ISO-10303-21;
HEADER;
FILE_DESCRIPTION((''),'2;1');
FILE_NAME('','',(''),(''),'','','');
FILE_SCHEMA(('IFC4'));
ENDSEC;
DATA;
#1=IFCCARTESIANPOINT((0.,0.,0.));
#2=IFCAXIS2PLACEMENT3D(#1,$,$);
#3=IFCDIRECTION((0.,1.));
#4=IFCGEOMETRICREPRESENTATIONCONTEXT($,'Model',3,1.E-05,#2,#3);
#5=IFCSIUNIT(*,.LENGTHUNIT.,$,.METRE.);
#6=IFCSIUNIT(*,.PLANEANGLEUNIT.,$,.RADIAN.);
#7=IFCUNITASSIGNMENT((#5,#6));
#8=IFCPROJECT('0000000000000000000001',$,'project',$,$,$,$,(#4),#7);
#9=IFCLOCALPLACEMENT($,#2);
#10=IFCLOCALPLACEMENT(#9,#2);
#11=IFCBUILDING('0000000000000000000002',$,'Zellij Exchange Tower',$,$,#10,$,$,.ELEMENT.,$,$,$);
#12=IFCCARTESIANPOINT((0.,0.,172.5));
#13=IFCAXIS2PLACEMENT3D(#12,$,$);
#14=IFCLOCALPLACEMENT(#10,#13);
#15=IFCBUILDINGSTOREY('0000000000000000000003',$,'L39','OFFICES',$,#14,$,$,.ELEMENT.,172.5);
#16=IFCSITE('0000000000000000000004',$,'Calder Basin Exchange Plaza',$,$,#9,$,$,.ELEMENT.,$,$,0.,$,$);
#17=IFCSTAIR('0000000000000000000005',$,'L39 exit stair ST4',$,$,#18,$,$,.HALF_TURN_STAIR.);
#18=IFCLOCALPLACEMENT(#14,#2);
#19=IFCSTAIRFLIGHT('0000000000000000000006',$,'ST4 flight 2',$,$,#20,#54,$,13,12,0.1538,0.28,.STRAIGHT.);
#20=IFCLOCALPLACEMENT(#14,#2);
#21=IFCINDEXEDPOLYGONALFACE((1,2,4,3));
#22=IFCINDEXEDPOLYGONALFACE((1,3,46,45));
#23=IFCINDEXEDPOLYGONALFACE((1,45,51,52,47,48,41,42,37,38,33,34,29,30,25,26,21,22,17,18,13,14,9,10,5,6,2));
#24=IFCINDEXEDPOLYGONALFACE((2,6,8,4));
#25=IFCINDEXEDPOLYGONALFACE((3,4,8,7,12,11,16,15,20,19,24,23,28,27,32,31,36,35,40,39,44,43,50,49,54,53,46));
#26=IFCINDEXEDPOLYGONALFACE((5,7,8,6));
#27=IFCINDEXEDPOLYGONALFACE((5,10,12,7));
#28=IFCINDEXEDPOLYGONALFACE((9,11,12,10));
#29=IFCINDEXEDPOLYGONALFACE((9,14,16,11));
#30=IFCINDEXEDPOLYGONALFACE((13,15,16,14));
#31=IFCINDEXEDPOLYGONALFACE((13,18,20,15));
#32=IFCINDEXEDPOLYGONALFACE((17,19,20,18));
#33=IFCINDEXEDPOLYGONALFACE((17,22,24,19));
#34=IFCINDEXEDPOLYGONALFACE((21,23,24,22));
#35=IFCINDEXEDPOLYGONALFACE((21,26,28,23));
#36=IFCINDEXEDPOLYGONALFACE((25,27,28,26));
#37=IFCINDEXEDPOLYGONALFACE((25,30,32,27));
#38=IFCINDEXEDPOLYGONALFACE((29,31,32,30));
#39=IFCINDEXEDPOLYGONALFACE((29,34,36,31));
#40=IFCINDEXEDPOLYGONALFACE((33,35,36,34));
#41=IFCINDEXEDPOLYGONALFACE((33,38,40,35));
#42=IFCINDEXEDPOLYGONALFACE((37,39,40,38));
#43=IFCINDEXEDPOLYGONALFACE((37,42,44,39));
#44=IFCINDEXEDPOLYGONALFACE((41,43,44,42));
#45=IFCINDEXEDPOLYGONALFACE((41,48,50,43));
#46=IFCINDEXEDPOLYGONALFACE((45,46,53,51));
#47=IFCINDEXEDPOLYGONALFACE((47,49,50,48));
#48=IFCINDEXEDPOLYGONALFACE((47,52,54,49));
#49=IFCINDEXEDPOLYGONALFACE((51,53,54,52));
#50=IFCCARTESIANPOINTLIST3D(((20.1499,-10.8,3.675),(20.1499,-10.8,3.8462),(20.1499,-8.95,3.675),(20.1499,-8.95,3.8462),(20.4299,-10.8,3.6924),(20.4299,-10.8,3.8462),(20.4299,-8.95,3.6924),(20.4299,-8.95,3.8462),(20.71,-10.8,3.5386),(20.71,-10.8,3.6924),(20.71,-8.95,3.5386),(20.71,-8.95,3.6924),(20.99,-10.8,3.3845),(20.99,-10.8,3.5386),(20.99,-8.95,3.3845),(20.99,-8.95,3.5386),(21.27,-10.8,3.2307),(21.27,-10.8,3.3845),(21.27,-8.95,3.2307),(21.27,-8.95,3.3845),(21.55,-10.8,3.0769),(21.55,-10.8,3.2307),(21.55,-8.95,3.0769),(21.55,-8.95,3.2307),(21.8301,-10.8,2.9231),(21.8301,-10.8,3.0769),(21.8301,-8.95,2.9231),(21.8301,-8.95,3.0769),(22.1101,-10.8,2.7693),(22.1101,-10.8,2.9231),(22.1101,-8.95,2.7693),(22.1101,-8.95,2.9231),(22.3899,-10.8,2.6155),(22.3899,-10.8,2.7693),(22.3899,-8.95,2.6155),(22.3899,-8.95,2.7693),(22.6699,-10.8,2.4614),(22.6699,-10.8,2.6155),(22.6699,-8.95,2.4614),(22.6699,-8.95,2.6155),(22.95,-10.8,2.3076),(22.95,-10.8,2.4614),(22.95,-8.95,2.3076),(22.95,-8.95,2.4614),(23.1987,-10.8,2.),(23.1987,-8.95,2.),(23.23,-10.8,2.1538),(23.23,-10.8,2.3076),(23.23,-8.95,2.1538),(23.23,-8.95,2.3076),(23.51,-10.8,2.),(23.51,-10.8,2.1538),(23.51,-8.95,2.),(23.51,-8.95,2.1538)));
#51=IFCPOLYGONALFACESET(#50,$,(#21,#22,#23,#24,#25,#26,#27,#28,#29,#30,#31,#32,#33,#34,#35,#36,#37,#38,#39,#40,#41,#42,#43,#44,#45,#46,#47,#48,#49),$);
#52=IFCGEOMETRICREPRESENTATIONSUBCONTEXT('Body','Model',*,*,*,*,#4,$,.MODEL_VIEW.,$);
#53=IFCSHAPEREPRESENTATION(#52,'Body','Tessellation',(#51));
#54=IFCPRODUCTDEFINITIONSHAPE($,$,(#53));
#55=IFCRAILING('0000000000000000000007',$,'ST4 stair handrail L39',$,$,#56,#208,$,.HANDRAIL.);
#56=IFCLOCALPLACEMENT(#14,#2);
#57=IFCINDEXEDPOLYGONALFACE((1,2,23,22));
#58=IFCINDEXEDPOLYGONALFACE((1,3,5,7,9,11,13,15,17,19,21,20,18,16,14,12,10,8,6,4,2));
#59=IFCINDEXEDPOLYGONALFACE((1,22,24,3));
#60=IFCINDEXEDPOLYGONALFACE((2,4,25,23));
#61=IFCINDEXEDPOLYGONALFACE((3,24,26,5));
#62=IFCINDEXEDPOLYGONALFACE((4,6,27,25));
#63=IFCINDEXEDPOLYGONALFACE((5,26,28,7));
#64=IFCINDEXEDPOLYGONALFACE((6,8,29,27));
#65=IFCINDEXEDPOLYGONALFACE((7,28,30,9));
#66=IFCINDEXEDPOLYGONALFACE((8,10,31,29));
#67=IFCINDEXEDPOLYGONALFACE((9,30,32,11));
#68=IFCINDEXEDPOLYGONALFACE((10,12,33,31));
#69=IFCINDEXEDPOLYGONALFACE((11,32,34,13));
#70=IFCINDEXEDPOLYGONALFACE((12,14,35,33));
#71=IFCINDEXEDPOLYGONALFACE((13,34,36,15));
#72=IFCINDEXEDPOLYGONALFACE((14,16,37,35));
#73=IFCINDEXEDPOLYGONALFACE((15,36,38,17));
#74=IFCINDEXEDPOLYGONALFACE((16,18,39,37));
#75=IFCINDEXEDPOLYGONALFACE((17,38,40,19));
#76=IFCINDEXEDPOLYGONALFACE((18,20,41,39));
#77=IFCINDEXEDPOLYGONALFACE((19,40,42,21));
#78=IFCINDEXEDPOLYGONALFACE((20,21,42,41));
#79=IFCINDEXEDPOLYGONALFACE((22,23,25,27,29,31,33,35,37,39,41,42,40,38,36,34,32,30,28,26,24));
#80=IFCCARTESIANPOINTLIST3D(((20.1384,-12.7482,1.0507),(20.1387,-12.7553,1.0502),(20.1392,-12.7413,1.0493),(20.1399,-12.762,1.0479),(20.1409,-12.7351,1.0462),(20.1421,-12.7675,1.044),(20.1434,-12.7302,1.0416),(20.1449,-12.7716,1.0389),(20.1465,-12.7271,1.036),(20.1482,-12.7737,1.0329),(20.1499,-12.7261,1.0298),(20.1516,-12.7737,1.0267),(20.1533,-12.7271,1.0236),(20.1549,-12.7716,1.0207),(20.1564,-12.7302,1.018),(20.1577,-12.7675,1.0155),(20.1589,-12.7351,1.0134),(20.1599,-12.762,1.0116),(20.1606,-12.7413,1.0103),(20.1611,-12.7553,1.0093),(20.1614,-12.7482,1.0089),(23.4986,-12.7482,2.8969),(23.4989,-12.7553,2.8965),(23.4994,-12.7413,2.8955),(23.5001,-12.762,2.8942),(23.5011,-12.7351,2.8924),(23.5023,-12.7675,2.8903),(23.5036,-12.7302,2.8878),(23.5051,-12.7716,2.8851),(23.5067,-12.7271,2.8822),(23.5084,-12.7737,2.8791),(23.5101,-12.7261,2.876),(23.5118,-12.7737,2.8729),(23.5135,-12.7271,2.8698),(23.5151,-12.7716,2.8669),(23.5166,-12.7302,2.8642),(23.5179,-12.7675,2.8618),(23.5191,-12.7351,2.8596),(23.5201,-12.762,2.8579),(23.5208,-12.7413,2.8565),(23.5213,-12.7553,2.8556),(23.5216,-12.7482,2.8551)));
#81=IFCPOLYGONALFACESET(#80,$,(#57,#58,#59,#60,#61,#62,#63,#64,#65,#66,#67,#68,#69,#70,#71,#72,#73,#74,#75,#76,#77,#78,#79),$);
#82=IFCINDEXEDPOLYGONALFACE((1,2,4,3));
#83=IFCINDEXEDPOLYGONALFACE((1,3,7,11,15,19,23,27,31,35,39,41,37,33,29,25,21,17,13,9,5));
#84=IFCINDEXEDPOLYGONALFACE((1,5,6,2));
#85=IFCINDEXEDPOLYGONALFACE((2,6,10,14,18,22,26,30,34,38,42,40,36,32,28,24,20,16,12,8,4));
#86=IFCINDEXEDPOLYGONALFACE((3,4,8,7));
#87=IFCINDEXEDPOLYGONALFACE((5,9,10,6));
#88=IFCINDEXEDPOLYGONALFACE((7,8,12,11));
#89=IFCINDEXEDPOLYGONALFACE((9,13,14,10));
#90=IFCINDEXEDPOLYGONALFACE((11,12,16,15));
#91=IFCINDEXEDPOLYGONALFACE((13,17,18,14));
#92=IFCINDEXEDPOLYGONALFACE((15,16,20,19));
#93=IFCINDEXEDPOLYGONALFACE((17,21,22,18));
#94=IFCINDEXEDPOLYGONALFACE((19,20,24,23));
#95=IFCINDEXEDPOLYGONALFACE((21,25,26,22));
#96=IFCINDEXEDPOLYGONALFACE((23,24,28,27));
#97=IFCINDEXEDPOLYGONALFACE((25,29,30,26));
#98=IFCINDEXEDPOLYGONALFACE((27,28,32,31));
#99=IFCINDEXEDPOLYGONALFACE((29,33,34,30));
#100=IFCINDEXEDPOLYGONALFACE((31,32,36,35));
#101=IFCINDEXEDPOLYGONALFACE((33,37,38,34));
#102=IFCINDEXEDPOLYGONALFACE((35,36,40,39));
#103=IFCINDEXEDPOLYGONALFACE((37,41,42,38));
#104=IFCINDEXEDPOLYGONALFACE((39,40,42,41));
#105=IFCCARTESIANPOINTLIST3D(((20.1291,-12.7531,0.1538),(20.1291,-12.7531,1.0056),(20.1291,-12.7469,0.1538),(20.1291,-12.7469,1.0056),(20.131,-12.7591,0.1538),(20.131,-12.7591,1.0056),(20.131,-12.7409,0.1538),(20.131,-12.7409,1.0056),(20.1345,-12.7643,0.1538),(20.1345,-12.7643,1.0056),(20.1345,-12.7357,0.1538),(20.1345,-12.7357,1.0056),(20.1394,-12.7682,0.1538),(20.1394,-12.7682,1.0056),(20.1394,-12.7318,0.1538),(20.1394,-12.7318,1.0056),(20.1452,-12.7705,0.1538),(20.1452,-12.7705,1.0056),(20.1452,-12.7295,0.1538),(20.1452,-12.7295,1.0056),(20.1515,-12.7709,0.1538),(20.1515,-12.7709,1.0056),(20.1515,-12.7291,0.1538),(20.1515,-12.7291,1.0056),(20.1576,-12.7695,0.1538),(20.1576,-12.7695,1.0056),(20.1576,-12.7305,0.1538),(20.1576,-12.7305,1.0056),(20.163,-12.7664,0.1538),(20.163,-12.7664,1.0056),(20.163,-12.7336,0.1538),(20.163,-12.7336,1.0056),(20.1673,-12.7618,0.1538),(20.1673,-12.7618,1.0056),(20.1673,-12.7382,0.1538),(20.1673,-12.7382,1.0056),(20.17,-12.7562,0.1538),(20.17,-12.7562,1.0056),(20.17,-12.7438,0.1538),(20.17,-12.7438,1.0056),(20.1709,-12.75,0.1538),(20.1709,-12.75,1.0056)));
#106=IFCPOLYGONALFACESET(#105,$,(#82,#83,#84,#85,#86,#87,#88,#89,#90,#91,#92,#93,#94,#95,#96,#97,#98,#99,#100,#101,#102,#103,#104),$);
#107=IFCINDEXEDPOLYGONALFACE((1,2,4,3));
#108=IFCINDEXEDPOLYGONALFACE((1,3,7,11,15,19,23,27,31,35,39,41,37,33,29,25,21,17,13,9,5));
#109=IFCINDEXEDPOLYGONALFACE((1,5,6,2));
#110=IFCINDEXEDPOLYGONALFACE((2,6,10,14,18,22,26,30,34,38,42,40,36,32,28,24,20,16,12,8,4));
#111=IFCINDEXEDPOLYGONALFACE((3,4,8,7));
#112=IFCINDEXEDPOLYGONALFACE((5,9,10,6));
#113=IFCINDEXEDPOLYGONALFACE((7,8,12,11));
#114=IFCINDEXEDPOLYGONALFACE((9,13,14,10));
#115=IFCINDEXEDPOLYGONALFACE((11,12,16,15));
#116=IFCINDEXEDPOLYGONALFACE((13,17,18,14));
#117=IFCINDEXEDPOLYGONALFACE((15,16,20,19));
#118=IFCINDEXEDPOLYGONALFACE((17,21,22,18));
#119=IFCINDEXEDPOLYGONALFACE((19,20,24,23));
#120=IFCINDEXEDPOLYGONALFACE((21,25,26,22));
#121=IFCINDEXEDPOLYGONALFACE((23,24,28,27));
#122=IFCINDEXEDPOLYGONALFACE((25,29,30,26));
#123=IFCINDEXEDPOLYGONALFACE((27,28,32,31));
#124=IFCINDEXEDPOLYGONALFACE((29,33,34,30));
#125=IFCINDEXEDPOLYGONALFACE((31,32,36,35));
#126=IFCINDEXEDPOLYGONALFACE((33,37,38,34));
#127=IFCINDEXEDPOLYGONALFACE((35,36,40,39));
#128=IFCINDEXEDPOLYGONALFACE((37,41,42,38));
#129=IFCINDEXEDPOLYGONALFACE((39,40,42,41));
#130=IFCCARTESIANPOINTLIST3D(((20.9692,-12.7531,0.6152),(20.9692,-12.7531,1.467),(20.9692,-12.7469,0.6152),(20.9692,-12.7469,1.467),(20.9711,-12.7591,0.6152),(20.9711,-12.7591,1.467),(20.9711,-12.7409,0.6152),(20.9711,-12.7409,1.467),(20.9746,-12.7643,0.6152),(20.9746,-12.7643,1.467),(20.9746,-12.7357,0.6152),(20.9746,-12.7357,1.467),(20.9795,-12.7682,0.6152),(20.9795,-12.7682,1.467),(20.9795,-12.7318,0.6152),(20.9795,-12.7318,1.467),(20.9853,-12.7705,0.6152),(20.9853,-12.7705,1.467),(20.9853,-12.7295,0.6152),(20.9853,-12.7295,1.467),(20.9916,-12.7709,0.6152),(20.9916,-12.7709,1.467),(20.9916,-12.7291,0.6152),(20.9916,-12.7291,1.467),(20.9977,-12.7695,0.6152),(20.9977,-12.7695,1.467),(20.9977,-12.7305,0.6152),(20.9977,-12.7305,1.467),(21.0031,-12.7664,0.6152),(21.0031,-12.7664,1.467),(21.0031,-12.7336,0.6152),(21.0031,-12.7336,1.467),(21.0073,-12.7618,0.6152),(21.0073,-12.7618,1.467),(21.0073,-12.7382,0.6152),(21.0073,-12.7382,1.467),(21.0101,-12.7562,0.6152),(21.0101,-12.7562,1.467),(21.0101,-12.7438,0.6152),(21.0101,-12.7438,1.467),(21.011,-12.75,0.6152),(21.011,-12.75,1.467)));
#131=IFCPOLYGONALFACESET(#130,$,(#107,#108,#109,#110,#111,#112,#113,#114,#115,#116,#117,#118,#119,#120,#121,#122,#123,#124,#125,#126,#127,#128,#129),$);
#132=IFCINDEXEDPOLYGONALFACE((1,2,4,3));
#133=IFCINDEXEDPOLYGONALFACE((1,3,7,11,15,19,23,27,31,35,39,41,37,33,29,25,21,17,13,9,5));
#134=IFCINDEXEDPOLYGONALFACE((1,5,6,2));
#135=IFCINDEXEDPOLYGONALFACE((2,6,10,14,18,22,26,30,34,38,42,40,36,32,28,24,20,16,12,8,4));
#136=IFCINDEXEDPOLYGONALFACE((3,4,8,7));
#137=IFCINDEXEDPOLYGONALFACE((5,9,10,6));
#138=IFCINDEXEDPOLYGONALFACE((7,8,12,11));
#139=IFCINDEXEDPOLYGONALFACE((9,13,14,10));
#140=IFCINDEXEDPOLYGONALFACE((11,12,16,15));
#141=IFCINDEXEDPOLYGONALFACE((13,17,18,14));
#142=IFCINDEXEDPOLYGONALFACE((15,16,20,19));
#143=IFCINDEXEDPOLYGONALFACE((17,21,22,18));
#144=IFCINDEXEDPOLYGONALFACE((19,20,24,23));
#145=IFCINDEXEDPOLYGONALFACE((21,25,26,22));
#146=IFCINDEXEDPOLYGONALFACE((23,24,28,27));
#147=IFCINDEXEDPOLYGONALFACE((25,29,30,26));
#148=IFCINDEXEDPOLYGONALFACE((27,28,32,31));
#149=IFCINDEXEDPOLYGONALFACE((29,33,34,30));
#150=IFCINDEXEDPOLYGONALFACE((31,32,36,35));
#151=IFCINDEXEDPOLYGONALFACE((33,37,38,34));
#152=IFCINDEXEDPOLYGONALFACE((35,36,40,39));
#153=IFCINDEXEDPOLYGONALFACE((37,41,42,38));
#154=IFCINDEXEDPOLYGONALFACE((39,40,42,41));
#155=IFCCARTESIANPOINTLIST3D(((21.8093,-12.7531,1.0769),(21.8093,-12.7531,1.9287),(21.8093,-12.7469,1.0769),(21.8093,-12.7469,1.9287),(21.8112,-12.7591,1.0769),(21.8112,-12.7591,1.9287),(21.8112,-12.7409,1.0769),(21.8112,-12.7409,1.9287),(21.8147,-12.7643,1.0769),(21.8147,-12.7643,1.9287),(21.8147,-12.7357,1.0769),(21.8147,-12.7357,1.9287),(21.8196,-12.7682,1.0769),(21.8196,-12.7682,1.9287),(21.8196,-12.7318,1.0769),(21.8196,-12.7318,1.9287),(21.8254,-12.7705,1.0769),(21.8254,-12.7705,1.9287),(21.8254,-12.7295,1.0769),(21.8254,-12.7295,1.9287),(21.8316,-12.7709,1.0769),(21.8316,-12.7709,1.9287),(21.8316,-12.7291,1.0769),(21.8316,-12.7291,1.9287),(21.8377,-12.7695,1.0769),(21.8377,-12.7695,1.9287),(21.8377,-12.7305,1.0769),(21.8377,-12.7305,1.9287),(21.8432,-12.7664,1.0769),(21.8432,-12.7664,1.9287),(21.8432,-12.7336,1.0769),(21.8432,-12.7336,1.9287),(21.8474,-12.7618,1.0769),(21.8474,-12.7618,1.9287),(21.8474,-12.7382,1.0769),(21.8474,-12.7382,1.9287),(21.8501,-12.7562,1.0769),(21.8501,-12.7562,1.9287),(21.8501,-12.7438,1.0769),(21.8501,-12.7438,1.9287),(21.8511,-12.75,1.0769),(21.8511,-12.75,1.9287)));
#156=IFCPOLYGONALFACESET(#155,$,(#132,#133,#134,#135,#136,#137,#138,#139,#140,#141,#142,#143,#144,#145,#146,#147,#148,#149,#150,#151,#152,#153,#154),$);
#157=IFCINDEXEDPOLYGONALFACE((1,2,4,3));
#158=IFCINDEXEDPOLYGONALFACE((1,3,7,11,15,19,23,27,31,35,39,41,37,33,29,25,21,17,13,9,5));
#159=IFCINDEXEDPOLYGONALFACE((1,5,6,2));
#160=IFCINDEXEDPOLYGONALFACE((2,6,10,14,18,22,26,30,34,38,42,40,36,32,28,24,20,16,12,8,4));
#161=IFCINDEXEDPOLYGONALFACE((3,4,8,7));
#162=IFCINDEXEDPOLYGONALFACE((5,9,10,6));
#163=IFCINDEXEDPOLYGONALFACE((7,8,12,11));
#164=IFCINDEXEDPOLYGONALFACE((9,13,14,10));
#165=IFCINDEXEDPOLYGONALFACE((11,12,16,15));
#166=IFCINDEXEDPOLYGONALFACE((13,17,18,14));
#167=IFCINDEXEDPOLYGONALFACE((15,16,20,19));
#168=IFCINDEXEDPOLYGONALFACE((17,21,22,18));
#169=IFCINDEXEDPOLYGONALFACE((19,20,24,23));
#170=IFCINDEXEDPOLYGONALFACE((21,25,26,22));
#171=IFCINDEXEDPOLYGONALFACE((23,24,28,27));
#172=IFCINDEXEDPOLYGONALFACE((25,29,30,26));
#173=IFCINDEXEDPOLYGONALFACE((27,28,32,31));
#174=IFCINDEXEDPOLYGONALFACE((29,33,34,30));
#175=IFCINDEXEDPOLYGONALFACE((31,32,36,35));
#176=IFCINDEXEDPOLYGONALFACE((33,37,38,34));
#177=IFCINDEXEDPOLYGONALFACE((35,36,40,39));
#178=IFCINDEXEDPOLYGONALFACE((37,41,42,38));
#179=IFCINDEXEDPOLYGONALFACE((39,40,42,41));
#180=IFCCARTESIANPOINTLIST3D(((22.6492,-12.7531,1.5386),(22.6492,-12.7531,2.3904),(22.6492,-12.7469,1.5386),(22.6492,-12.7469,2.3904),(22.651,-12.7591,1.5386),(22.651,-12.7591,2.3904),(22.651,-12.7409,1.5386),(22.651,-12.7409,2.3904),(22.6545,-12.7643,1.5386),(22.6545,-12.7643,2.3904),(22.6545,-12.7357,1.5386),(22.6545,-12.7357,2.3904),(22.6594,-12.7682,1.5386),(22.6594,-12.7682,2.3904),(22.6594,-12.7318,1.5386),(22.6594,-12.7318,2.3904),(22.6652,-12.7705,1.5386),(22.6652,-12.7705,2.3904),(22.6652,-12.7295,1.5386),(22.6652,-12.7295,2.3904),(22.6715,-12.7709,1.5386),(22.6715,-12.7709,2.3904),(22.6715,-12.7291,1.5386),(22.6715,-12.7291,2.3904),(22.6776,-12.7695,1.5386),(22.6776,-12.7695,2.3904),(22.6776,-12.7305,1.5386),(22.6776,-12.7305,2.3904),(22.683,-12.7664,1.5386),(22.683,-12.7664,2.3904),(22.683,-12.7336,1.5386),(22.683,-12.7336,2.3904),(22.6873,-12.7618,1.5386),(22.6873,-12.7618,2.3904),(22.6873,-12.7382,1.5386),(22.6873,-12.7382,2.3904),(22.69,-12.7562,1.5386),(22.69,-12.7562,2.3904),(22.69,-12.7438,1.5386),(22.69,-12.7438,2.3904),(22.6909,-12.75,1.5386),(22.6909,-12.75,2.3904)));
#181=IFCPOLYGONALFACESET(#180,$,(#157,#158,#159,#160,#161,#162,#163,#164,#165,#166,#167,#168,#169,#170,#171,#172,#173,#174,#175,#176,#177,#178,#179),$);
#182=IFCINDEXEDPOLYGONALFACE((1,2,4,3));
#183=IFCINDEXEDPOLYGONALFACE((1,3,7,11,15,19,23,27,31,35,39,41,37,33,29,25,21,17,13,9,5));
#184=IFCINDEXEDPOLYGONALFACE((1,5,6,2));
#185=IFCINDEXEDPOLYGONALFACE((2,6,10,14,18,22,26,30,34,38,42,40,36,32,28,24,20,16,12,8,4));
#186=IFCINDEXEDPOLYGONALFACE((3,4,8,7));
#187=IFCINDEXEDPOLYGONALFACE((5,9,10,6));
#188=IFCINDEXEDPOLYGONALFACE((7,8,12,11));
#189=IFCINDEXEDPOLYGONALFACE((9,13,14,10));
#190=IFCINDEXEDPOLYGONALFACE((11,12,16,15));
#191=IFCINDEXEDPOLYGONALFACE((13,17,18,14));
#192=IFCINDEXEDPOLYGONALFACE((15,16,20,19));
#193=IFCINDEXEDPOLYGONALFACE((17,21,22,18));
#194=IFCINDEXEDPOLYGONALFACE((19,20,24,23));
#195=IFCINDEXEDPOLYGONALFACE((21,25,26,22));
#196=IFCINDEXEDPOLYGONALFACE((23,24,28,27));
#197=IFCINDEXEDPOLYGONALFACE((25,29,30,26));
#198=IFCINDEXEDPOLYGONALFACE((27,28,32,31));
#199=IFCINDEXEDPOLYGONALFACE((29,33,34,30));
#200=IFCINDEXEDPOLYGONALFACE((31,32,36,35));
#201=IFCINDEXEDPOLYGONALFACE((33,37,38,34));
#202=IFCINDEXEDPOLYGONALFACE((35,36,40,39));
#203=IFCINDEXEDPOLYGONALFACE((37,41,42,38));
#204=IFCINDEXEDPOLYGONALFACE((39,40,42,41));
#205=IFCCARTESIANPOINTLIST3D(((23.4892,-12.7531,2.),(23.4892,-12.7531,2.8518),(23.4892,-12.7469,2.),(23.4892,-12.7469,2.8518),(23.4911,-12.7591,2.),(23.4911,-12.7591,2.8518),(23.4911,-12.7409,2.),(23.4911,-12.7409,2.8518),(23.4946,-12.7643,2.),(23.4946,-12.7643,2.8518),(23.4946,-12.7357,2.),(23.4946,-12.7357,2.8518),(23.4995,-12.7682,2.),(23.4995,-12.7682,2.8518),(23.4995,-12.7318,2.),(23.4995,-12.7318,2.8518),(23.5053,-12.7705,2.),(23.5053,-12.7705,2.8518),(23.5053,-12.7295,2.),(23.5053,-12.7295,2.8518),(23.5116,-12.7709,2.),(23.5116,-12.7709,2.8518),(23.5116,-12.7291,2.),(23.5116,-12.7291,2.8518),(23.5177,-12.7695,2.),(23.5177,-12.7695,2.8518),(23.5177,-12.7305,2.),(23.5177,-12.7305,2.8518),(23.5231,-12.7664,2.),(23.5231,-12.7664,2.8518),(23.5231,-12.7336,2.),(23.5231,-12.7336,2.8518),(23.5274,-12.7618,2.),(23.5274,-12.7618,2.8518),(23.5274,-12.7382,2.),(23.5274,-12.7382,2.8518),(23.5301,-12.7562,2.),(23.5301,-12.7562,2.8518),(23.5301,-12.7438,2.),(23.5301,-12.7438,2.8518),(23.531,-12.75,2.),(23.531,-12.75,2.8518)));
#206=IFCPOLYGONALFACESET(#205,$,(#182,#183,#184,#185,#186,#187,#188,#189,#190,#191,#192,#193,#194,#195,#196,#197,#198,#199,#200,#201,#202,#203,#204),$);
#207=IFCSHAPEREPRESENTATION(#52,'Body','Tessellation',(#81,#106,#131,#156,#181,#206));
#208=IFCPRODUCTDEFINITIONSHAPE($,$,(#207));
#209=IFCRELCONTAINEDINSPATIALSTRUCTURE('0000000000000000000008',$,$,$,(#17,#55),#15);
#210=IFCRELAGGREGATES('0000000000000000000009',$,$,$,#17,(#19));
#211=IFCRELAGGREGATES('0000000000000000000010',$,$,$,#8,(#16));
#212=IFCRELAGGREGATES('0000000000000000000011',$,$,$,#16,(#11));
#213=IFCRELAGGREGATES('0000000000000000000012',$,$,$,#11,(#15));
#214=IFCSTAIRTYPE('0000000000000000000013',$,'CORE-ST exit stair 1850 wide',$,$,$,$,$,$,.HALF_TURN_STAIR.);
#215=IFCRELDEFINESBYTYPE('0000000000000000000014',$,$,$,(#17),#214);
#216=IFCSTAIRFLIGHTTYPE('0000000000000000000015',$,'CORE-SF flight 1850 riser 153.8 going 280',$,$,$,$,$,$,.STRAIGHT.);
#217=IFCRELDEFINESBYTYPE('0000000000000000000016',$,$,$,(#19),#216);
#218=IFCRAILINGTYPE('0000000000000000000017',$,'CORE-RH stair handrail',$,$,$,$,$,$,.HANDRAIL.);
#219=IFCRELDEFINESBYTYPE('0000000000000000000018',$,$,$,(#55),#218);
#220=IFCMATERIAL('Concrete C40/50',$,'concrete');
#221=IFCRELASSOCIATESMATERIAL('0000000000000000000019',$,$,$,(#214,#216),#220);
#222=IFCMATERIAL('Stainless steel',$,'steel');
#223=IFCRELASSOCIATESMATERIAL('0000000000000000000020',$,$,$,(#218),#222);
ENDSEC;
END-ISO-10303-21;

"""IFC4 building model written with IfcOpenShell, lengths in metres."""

from ifc_helpers import new_model, si_unit, direction, frame, origin, origin_2d, place, context, subcontext, project, spatial, polyline, circle, outline, extrude, material, type_object, element, aggregate, save


model = new_model("IFC4")

# Units and contexts
model_context = context("Model", 3, precision=1e-05, world=origin(), true_north=direction((0.0, 1.0)))
body_context = subcontext(model_context, "Body", "Model", "MODEL_VIEW")
ifc_project = project(units=[si_unit("LENGTHUNIT", "METRE"), si_unit("PLANEANGLEUNIT", "RADIAN")], contexts=[model_context])

# Site, building, storey
site_placement = place(None, origin())
site = spatial("IfcSite", under=ifc_project, at=site_placement, Name="Calder Basin Exchange Plaza", CompositionType="ELEMENT", RefElevation=0.0)
building_placement = place(site_placement, origin())
building = spatial("IfcBuilding", under=site, at=building_placement, Name="Zellij Exchange Tower", CompositionType="ELEMENT")
storey_placement = place(building_placement, frame((0.0, 0.0, 172.5)))
storey = spatial("IfcBuildingStorey", under=building, at=storey_placement, Name="L39", Description="OFFICES", CompositionType="ELEMENT", Elevation=172.5)

# Stair, stair flight
ifc_material_1 = material(Name="Concrete C40/50", Category="concrete")
stair_type = type_object("IfcStairType", Name="CORE-ST exit stair 1850 wide", PredefinedType="HALF_TURN_STAIR", material=ifc_material_1)
stair_placement = place(storey_placement, origin())
stair = element("IfcStair", 1, at=stair_placement, inside=storey, type_object=stair_type, Name="L39 exit stair ST4", PredefinedType="HALF_TURN_STAIR")
stair_flight_type = type_object("IfcStairFlightType", Name="CORE-SF flight 1850 riser 153.8 going 280", PredefinedType="STRAIGHT", material=ifc_material_1)
stair_flight_1_placement = place(storey_placement, frame((23.51, -9.875, 2.0), z_axis=(0.0, 0.0, 1.0), x_axis=(-1.0, 0.0, 0.0)))
stair_flight_1 = element("IfcStairFlight", 2, at=stair_flight_1_placement, type_object=stair_flight_type, Name="ST4 flight 2", NumberOfRisers=13, NumberOfTreads=12, PredefinedType="STRAIGHT", RiserHeight=0.1538, TreadLength=0.28, context=body_context, shape_type="SweptSolid", body=[
    extrude(outline(polyline([(0.0, 0.0), (0.0, 0.1538), (0.28, 0.1538), (0.28, 0.3076), (0.5601, 0.3076), (0.5601, 0.4614), (0.8401, 0.4614), (0.8401, 0.6155), (1.1201, 0.6155), (1.1201, 0.7693), (1.3999, 0.7693), (1.3999, 0.9231), (1.6799, 0.9231), (1.6799, 1.0769), (1.96, 1.0769), (1.96, 1.2307), (2.24, 1.2307), (2.24, 1.3845), (2.52, 1.3845), (2.52, 1.5386), (2.8, 1.5386), (2.8, 1.6924), (3.0801, 1.6924), (3.0801, 1.8462), (3.3601, 1.8462), (3.3601, 2.0), (3.3601, 1.675), (0.3113, 0.0), (0.0, 0.0)])), frame((0.0, 0.925, 0.0), z_axis=(0.0, -1.0, 0.0), x_axis=(1.0, 0.0, 0.0)), (0.0, 0.0, 1.0), 1.8501),
])
aggregate(stair, [stair_flight_1])

# Railing
ifc_material_2 = material(Name="Stainless steel", Category="steel")
railing_type_1 = type_object("IfcRailingType", Name="CORE-RH stair handrail", PredefinedType="HANDRAIL", material=ifc_material_2)
railing_1_placement = place(storey_placement, frame((20.1499, -12.75, 0.1538)))
element("IfcRailing", 3, at=railing_1_placement, inside=storey, type_object=railing_type_1, Name="ST4 stair handrail L39", PredefinedType="HANDRAIL", context=body_context, shape_type="SweptSolid", body=[
    extrude(circle(Radius=0.0239, at=origin_2d()), frame((0.0, 0.0, 0.876), z_axis=(0.876422, 0.0, 0.481545), x_axis=(0.0, 1.0, 0.0)), (0.0, 0.0, 1.0), 3.834),
    extrude(circle(Radius=0.021, at=origin_2d()), origin(), (0.0, 0.0, 1.0), 0.8518),
    extrude(circle(Radius=0.021, at=origin_2d()), frame((0.8401, 0.0, 0.4614)), (0.0, 0.0, 1.0), 0.8518),
    extrude(circle(Radius=0.021, at=origin_2d()), frame((1.6802, 0.0, 0.9231)), (0.0, 0.0, 1.0), 0.8518),
    extrude(circle(Radius=0.021, at=origin_2d()), frame((2.52, 0.0, 1.3848)), (0.0, 0.0, 1.0), 0.8518),
    extrude(circle(Radius=0.021, at=origin_2d()), frame((3.3601, 0.0, 1.8462)), (0.0, 0.0, 1.0), 0.8518),
])

save(model, "model.ifc")
